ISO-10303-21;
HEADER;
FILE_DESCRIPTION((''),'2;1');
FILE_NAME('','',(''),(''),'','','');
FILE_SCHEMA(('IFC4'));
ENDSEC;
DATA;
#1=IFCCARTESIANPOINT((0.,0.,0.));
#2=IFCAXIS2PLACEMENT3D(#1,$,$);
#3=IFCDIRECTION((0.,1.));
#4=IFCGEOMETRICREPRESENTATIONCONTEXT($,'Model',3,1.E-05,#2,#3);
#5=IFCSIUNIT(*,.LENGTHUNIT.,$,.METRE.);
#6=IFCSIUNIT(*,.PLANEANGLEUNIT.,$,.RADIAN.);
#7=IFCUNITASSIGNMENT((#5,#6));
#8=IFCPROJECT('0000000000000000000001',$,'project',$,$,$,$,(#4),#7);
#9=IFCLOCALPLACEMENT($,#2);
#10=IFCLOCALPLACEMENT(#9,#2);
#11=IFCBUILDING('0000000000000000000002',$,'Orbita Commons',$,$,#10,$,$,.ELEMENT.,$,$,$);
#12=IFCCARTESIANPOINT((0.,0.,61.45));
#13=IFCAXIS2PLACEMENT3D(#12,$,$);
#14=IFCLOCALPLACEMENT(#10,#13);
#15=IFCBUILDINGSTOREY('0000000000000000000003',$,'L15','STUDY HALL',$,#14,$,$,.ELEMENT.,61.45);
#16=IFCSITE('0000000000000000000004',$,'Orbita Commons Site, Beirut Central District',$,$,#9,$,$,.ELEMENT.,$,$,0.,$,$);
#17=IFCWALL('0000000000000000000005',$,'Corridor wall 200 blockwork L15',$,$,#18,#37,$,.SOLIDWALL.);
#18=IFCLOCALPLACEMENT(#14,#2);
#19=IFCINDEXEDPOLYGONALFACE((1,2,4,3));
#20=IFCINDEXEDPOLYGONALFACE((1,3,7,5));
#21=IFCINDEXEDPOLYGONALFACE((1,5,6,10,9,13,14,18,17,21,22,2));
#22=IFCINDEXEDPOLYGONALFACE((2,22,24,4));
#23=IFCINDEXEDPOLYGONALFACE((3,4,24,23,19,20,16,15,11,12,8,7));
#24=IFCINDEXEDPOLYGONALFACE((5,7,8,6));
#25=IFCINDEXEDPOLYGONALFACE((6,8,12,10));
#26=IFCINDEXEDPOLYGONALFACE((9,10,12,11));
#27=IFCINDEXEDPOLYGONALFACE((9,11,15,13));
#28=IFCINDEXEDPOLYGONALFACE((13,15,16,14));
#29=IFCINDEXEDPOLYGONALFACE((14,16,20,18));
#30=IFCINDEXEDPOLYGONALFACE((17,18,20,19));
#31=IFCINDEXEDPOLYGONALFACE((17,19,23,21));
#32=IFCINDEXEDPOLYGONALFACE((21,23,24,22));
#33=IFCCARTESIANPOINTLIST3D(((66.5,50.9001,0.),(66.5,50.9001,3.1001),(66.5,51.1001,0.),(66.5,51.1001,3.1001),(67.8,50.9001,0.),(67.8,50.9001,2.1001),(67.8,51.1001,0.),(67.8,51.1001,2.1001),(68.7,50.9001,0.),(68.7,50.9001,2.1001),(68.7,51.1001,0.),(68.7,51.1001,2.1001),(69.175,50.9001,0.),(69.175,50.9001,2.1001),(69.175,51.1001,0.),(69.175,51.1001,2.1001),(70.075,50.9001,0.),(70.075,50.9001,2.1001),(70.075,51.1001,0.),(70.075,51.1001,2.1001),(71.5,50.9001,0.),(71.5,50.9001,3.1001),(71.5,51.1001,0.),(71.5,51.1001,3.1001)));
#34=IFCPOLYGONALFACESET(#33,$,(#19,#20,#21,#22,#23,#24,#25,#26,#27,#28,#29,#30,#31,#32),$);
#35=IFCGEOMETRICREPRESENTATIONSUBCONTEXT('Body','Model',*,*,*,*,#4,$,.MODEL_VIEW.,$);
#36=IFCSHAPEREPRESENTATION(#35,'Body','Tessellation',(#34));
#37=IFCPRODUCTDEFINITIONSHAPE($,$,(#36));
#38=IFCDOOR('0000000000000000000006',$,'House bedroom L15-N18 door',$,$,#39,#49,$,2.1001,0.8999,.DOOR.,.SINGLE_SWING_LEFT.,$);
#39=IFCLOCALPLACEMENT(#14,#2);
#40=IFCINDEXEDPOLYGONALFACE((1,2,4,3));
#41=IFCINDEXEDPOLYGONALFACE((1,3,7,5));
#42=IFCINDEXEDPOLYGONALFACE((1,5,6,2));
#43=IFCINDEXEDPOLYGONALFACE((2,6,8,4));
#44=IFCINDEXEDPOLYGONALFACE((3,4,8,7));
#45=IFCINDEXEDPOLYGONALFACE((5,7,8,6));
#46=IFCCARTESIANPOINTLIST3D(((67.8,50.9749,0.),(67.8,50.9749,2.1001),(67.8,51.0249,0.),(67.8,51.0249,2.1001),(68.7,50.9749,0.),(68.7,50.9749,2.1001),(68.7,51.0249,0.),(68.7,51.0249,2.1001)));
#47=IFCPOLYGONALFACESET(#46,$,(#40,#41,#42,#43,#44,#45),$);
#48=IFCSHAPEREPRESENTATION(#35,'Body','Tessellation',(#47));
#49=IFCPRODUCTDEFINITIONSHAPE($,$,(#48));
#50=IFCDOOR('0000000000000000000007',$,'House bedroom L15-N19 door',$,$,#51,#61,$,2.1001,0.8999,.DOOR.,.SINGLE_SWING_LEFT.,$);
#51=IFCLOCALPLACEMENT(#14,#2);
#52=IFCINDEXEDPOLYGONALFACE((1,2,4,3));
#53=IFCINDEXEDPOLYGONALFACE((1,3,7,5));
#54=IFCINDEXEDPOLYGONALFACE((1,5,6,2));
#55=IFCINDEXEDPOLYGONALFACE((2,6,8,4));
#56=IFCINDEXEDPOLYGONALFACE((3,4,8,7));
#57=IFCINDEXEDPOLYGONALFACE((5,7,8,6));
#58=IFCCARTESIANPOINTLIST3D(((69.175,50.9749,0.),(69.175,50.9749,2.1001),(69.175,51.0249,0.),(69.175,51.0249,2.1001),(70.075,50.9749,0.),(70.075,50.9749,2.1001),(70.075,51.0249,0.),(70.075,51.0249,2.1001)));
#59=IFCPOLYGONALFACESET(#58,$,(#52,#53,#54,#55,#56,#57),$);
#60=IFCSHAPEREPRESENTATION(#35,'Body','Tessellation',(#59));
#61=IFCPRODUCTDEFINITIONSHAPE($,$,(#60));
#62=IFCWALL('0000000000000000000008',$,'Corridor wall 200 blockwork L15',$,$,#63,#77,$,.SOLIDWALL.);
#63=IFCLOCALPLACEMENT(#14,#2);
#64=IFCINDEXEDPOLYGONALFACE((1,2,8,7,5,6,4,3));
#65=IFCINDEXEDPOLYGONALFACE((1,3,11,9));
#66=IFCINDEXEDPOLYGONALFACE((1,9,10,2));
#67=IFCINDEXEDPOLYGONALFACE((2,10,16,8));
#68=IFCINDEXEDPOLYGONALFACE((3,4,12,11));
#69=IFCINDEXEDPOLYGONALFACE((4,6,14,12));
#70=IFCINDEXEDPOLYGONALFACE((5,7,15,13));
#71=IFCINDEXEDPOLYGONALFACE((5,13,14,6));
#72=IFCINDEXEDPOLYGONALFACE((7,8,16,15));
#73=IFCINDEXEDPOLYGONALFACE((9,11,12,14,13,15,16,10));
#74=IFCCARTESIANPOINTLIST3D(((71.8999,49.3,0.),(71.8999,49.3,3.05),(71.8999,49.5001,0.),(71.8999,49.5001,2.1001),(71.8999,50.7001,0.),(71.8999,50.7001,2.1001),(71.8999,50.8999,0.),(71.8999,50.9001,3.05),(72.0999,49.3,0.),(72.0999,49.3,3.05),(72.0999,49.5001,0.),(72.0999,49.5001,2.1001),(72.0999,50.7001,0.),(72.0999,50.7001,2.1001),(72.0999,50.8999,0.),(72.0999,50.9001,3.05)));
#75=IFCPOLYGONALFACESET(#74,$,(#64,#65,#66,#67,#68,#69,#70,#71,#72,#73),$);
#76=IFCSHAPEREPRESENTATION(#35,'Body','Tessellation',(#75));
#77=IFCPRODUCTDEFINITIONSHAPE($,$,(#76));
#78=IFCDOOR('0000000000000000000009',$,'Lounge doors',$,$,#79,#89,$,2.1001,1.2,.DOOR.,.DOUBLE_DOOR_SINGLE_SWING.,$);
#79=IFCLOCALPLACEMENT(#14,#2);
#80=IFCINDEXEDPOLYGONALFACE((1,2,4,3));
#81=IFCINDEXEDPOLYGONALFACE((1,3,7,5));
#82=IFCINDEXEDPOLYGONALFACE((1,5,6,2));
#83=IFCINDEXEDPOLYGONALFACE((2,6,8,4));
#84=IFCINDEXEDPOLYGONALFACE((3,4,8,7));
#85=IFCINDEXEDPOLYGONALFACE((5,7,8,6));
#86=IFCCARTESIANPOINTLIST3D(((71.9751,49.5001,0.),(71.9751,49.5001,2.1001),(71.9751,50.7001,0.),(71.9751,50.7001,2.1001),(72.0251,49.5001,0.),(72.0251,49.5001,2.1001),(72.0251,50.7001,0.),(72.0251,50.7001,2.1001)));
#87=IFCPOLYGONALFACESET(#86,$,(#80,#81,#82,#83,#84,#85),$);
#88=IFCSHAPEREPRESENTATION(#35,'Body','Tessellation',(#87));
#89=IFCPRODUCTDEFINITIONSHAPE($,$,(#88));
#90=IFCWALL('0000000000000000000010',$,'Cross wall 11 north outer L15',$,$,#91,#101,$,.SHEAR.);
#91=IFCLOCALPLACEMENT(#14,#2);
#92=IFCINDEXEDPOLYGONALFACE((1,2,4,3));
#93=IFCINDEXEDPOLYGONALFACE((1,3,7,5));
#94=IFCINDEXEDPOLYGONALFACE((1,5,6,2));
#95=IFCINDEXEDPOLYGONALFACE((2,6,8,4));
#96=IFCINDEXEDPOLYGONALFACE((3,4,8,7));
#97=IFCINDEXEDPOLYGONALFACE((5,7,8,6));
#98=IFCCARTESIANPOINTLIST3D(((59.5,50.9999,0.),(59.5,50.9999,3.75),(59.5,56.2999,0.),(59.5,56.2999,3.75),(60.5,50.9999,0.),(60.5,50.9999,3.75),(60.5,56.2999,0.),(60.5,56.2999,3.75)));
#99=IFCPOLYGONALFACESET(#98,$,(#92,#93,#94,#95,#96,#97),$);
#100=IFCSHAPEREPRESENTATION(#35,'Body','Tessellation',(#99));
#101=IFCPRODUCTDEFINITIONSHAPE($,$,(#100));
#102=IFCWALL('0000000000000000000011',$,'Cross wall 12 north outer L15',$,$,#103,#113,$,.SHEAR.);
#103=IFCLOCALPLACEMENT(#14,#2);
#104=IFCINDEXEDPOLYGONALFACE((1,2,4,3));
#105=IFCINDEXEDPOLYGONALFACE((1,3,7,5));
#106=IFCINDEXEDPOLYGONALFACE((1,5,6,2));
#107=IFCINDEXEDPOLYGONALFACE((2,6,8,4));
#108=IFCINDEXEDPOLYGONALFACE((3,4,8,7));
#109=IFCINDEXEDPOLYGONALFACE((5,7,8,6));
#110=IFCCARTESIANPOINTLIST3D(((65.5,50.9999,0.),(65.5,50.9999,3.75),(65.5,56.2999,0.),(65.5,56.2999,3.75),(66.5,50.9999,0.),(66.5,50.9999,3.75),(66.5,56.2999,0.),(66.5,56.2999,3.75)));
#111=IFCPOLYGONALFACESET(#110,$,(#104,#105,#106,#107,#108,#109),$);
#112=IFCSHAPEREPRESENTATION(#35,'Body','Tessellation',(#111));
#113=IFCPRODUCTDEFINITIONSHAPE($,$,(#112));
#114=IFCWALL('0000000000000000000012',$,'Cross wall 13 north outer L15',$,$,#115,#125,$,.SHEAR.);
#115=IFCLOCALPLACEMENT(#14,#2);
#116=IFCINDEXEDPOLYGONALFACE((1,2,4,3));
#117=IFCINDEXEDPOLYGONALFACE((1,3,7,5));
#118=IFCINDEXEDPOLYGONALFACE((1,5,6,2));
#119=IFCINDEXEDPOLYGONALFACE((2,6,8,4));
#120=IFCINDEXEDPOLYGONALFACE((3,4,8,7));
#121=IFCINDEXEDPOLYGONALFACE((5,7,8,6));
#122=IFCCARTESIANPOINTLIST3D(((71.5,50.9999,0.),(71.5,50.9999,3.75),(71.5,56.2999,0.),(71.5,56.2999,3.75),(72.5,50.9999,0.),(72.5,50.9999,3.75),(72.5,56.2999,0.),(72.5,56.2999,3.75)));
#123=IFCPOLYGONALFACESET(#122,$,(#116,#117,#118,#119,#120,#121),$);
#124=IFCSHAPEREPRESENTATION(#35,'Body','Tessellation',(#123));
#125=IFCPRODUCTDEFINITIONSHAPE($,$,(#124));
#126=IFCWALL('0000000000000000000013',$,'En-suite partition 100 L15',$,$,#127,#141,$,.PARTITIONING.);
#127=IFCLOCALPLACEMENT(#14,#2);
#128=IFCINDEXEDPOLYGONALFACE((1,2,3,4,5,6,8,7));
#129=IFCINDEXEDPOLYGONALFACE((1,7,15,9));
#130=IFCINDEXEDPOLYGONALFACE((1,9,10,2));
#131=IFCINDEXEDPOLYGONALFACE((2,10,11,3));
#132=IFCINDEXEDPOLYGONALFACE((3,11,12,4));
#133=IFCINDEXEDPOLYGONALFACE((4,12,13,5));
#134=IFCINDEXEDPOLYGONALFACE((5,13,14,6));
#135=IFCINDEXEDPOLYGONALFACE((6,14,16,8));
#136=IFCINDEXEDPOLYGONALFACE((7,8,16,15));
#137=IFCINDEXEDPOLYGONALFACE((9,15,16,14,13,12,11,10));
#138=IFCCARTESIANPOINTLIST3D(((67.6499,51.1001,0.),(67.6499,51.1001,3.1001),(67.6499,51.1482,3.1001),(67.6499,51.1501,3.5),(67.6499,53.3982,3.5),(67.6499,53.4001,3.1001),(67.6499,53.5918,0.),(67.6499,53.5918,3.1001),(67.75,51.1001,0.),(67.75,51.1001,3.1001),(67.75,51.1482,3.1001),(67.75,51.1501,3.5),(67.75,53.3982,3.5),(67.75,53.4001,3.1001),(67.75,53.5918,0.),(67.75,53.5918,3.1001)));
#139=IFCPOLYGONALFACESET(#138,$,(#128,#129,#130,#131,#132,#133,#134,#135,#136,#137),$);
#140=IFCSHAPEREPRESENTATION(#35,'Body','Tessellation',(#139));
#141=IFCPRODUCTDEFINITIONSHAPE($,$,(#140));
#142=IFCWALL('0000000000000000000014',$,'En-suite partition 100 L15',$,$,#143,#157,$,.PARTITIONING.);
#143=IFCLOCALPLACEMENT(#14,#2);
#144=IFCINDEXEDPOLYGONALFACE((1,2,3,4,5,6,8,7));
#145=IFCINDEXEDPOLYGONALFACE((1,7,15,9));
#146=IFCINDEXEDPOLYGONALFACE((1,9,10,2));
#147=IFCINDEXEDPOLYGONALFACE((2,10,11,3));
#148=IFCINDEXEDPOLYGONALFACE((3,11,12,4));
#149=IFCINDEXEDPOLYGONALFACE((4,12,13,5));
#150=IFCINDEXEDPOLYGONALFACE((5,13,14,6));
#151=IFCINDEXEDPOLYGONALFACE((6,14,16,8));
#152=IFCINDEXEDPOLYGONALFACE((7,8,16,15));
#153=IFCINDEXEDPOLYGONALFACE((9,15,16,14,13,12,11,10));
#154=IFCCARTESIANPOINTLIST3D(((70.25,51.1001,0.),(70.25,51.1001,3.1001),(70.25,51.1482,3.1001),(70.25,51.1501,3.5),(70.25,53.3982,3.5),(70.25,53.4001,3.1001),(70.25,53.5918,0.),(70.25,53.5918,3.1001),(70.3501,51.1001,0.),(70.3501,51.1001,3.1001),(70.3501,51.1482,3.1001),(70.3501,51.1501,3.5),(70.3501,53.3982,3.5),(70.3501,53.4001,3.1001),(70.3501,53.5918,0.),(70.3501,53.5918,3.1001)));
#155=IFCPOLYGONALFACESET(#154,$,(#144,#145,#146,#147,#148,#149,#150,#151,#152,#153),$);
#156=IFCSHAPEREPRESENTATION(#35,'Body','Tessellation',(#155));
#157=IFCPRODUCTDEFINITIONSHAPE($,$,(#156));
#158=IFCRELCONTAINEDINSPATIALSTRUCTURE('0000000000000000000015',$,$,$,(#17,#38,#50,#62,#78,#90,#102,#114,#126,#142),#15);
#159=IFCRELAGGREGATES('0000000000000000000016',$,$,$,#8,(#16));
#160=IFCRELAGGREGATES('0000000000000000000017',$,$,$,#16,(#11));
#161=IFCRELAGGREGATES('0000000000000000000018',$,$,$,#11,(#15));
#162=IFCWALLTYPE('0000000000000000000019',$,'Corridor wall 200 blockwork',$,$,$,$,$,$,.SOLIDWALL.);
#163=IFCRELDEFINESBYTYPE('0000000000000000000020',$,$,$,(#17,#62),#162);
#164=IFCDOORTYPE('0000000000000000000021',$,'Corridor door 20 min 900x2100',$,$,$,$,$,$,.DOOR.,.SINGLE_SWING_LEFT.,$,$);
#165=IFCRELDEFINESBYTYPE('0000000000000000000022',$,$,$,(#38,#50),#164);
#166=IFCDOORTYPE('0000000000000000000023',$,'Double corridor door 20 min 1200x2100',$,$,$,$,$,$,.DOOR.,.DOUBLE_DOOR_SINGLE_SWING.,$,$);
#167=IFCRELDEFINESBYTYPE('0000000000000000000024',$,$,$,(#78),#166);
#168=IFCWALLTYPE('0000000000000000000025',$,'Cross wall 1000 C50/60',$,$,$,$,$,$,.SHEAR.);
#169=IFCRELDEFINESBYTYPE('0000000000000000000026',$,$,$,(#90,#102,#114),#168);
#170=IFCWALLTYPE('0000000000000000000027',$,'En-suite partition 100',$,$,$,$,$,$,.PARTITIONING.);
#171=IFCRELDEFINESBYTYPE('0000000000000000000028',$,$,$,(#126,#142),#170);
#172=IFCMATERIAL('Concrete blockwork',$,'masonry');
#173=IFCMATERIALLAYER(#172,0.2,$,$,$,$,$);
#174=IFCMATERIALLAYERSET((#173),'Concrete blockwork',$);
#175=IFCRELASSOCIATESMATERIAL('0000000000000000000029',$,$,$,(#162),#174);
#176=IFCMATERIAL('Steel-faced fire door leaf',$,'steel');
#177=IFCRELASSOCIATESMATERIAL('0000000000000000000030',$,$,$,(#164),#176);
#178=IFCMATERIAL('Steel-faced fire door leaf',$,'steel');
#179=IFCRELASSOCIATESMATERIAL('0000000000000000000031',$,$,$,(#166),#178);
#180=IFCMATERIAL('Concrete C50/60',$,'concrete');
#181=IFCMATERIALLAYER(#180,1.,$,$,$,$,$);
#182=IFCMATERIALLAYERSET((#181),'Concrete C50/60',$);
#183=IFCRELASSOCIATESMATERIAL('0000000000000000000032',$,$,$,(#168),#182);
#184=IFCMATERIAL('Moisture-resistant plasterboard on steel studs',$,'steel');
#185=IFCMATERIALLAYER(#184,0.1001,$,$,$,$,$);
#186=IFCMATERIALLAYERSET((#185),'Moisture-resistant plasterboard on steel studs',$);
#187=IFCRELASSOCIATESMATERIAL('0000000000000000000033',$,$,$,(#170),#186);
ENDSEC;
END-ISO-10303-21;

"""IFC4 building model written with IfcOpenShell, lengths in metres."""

from ifc_helpers import new_model, si_unit, direction, frame, frame_2d, origin, place, context, subcontext, project, spatial, polyline, rectangle, outline, extrude, material, layer, layer_set, type_object, element, fill, save


model = new_model("IFC4")

# Units and contexts
model_context = context("Model", 3, precision=1e-05, world=origin(), true_north=direction((0.0, 1.0)))
body_context = subcontext(model_context, "Body", "Model", "MODEL_VIEW")
ifc_project = project(units=[si_unit("LENGTHUNIT", "METRE"), si_unit("PLANEANGLEUNIT", "RADIAN")], contexts=[model_context])

# Site, building, storey
site_placement = place(None, origin())
site = spatial("IfcSite", under=ifc_project, at=site_placement, Name="Orbita Commons Site, Beirut Central District", CompositionType="ELEMENT", RefElevation=0.0)
building_placement = place(site_placement, origin())
building = spatial("IfcBuilding", under=site, at=building_placement, Name="Orbita Commons", CompositionType="ELEMENT")
storey_placement = place(building_placement, frame((0.0, 0.0, 61.45)))
storey = spatial("IfcBuildingStorey", under=building, at=storey_placement, Name="L15", Description="STUDY HALL", CompositionType="ELEMENT", Elevation=61.45)

# Shared definitions
ifc_material_1 = material(Name="Concrete blockwork", Category="masonry")
ifc_layer_1 = layer(ifc_material_1, 0.2)
ifc_layer_set_1 = layer_set([ifc_layer_1], Name="Concrete blockwork")
wall_type_1 = type_object("IfcWallType", Name="Corridor wall 200 blockwork", PredefinedType="SOLIDWALL", material=ifc_layer_set_1)

# Wall, openings, doors
wall_1_placement = place(storey_placement, frame((66.5, 51.0, 0.0), z_axis=(0.0, 0.0, 1.0), x_axis=(1.0, 0.0, 0.0)))
wall_1 = element("IfcWall", 1, at=wall_1_placement, inside=storey, type_object=wall_type_1, Name="Corridor wall 200 blockwork L15", PredefinedType="SOLIDWALL", context=body_context, shape_type="SweptSolid", body=[
    extrude(outline(polyline([(0.0, 0.0), (5.0, 0.0), (5.0, 3.1001), (0.0, 3.1001), (0.0, 0.0)])), frame((0.0, 0.1001, 0.0), z_axis=(0.0, -1.0, 0.0), x_axis=(1.0, 0.0, 0.0)), (0.0, 0.0, 1.0), 0.2),
])
opening_1_placement = place(wall_1_placement, frame((1.3, 0.0, 0.0)))
opening_1 = element("IfcOpeningElement", 2, at=opening_1_placement, cuts=wall_1, PredefinedType="OPENING", context=body_context, shape_type="SweptSolid", body=[
    extrude(rectangle(XDim=0.8999, YDim=2.1001, at=frame_2d((0.45, 1.05))), frame((0.0, 0.1099, 0.0), z_axis=(0.0, -1.0, 0.0), x_axis=(1.0, 0.0, 0.0)), (0.0, 0.0, 1.0), 0.22),
])
opening_2_placement = place(wall_1_placement, frame((2.675, 0.0, 0.0)))
opening_2 = element("IfcOpeningElement", 3, at=opening_2_placement, cuts=wall_1, PredefinedType="OPENING", context=body_context, shape_type="SweptSolid", body=[
    extrude(rectangle(XDim=0.8999, YDim=2.1001, at=frame_2d((0.45, 1.05))), frame((0.0, 0.1099, 0.0), z_axis=(0.0, -1.0, 0.0), x_axis=(1.0, 0.0, 0.0)), (0.0, 0.0, 1.0), 0.22),
])
ifc_material_2 = material(Name="Steel-faced fire door leaf", Category="steel")
door_type_1 = type_object("IfcDoorType", Name="Corridor door 20 min 900x2100", OperationType="SINGLE_SWING_LEFT", PredefinedType="DOOR", material=ifc_material_2)
door_1_placement = place(opening_1_placement, origin())
door_1 = element("IfcDoor", 4, at=door_1_placement, inside=storey, type_object=door_type_1, Name="House bedroom L15-N18 door", OperationType="SINGLE_SWING_LEFT", OverallHeight=2.1001, OverallWidth=0.8999, PredefinedType="DOOR", context=body_context, shape_type="SweptSolid", body=[
    extrude(rectangle(XDim=0.8999, YDim=2.1001, at=frame_2d((0.45, 1.05))), frame((0.0, 0.0249, 0.0), z_axis=(0.0, -1.0, 0.0), x_axis=(1.0, 0.0, 0.0)), (0.0, 0.0, 1.0), 0.05),
])
fill(opening_1, door_1)
door_2_placement = place(opening_2_placement, origin())
door_2 = element("IfcDoor", 5, at=door_2_placement, inside=storey, type_object=door_type_1, Name="House bedroom L15-N19 door", OperationType="SINGLE_SWING_LEFT", OverallHeight=2.1001, OverallWidth=0.8999, PredefinedType="DOOR", context=body_context, shape_type="SweptSolid", body=[
    extrude(rectangle(XDim=0.8999, YDim=2.1001, at=frame_2d((0.45, 1.05))), frame((0.0, 0.0249, 0.0), z_axis=(0.0, -1.0, 0.0), x_axis=(1.0, 0.0, 0.0)), (0.0, 0.0, 1.0), 0.05),
])
fill(opening_2, door_2)

# Wall, opening, door
wall_2_placement = place(storey_placement, frame((72.0, 49.3, 0.0), z_axis=(0.0, 0.0, 1.0), x_axis=(0.0, 1.0, 0.0)))
wall_2 = element("IfcWall", 6, at=wall_2_placement, inside=storey, type_object=wall_type_1, Name="Corridor wall 200 blockwork L15", PredefinedType="SOLIDWALL", context=body_context, shape_type="SweptSolid", body=[
    extrude(outline(polyline([(0.0, 0.0), (1.5999, 0.0), (1.6001, 3.05), (0.0, 3.05), (0.0, 0.0)])), frame((0.0, 0.1001, 0.0), z_axis=(0.0, -1.0, 0.0), x_axis=(1.0, 0.0, 0.0)), (0.0, 0.0, 1.0), 0.2),
])
opening_3_placement = place(wall_2_placement, frame((0.2, 0.0, 0.0)))
opening_3 = element("IfcOpeningElement", 7, at=opening_3_placement, cuts=wall_2, PredefinedType="OPENING", context=body_context, shape_type="SweptSolid", body=[
    extrude(rectangle(XDim=1.2, YDim=2.1001, at=frame_2d((0.6001, 1.05))), frame((0.0, 0.1099, 0.0), z_axis=(0.0, -1.0, 0.0), x_axis=(1.0, 0.0, 0.0)), (0.0, 0.0, 1.0), 0.22),
])
ifc_material_3 = material(Name="Steel-faced fire door leaf", Category="steel")
door_type_2 = type_object("IfcDoorType", Name="Double corridor door 20 min 1200x2100", OperationType="DOUBLE_DOOR_SINGLE_SWING", PredefinedType="DOOR", material=ifc_material_3)
door_3_placement = place(opening_3_placement, origin())
door_3 = element("IfcDoor", 8, at=door_3_placement, inside=storey, type_object=door_type_2, Name="Lounge doors", OperationType="DOUBLE_DOOR_SINGLE_SWING", OverallHeight=2.1001, OverallWidth=1.2, PredefinedType="DOOR", context=body_context, shape_type="SweptSolid", body=[
    extrude(rectangle(XDim=1.2, YDim=2.1001, at=frame_2d((0.6001, 1.05))), frame((0.0, 0.0249, 0.0), z_axis=(0.0, -1.0, 0.0), x_axis=(1.0, 0.0, 0.0)), (0.0, 0.0, 1.0), 0.05),
])
fill(opening_3, door_3)

# Walls
ifc_material_4 = material(Name="Concrete C50/60", Category="concrete")
ifc_layer_2 = layer(ifc_material_4, 1.0)
ifc_layer_set_2 = layer_set([ifc_layer_2], Name="Concrete C50/60")
wall_type_2 = type_object("IfcWallType", Name="Cross wall 1000 C50/60", PredefinedType="SHEAR", material=ifc_layer_set_2)
for number, where, z_axis, x_axis, name in (
    (9, (60.0, 51.0, 0.0), (0.0, 0.0, 1.0), (0.0, 1.0, 0.0), "Cross wall 11 north outer L15"),
    (10, (66.0, 51.0, 0.0), (0.0, 0.0, 1.0), (0.0, 1.0, 0.0), "Cross wall 12 north outer L15"),
    (11, (72.0, 51.0, 0.0), (0.0, 0.0, 1.0), (0.0, 1.0, 0.0), "Cross wall 13 north outer L15"),
):
    element("IfcWall", number, at=place(storey_placement, frame(where, z_axis=z_axis, x_axis=x_axis)), inside=storey, type_object=wall_type_2, Name=name, PredefinedType="SHEAR", context=body_context, shape_type="SweptSolid", body=[
        extrude(rectangle(XDim=5.3, YDim=1.0, at=frame_2d((2.6499, 0.0))), origin(), (0.0, 0.0, 1.0), 3.75),
    ])
ifc_material_5 = material(Name="Moisture-resistant plasterboard on steel studs", Category="steel")
ifc_layer_3 = layer(ifc_material_5, 0.1001)
ifc_layer_set_3 = layer_set([ifc_layer_3], Name="Moisture-resistant plasterboard on steel studs")
wall_type_3 = type_object("IfcWallType", Name="En-suite partition 100", PredefinedType="PARTITIONING", material=ifc_layer_set_3)
for number, where, z_axis, x_axis, name in (
    (12, (67.7, 53.5918, 0.0), (0.0, 0.0, 1.0), (0.0, -1.0, 0.0), "En-suite partition 100 L15"),
    (13, (70.3, 53.5918, 0.0), (0.0, 0.0, 1.0), (0.0, -1.0, 0.0), "En-suite partition 100 L15"),
):
    element("IfcWall", number, at=place(storey_placement, frame(where, z_axis=z_axis, x_axis=x_axis)), inside=storey, type_object=wall_type_3, Name=name, PredefinedType="PARTITIONING", context=body_context, shape_type="SweptSolid", body=[
        extrude(outline(polyline([(0.0, 0.0), (2.4917, 0.0), (2.4917, 3.1001), (2.4436, 3.1001), (2.4417, 3.5), (0.1936, 3.5), (0.1917, 3.1001), (0.0, 3.1001), (0.0, 0.0)])), frame((0.0, 0.05, 0.0), z_axis=(0.0, -1.0, 0.0), x_axis=(1.0, 0.0, 0.0)), (0.0, 0.0, 1.0), 0.1001),
    ])

save(model, "model.ifc")
